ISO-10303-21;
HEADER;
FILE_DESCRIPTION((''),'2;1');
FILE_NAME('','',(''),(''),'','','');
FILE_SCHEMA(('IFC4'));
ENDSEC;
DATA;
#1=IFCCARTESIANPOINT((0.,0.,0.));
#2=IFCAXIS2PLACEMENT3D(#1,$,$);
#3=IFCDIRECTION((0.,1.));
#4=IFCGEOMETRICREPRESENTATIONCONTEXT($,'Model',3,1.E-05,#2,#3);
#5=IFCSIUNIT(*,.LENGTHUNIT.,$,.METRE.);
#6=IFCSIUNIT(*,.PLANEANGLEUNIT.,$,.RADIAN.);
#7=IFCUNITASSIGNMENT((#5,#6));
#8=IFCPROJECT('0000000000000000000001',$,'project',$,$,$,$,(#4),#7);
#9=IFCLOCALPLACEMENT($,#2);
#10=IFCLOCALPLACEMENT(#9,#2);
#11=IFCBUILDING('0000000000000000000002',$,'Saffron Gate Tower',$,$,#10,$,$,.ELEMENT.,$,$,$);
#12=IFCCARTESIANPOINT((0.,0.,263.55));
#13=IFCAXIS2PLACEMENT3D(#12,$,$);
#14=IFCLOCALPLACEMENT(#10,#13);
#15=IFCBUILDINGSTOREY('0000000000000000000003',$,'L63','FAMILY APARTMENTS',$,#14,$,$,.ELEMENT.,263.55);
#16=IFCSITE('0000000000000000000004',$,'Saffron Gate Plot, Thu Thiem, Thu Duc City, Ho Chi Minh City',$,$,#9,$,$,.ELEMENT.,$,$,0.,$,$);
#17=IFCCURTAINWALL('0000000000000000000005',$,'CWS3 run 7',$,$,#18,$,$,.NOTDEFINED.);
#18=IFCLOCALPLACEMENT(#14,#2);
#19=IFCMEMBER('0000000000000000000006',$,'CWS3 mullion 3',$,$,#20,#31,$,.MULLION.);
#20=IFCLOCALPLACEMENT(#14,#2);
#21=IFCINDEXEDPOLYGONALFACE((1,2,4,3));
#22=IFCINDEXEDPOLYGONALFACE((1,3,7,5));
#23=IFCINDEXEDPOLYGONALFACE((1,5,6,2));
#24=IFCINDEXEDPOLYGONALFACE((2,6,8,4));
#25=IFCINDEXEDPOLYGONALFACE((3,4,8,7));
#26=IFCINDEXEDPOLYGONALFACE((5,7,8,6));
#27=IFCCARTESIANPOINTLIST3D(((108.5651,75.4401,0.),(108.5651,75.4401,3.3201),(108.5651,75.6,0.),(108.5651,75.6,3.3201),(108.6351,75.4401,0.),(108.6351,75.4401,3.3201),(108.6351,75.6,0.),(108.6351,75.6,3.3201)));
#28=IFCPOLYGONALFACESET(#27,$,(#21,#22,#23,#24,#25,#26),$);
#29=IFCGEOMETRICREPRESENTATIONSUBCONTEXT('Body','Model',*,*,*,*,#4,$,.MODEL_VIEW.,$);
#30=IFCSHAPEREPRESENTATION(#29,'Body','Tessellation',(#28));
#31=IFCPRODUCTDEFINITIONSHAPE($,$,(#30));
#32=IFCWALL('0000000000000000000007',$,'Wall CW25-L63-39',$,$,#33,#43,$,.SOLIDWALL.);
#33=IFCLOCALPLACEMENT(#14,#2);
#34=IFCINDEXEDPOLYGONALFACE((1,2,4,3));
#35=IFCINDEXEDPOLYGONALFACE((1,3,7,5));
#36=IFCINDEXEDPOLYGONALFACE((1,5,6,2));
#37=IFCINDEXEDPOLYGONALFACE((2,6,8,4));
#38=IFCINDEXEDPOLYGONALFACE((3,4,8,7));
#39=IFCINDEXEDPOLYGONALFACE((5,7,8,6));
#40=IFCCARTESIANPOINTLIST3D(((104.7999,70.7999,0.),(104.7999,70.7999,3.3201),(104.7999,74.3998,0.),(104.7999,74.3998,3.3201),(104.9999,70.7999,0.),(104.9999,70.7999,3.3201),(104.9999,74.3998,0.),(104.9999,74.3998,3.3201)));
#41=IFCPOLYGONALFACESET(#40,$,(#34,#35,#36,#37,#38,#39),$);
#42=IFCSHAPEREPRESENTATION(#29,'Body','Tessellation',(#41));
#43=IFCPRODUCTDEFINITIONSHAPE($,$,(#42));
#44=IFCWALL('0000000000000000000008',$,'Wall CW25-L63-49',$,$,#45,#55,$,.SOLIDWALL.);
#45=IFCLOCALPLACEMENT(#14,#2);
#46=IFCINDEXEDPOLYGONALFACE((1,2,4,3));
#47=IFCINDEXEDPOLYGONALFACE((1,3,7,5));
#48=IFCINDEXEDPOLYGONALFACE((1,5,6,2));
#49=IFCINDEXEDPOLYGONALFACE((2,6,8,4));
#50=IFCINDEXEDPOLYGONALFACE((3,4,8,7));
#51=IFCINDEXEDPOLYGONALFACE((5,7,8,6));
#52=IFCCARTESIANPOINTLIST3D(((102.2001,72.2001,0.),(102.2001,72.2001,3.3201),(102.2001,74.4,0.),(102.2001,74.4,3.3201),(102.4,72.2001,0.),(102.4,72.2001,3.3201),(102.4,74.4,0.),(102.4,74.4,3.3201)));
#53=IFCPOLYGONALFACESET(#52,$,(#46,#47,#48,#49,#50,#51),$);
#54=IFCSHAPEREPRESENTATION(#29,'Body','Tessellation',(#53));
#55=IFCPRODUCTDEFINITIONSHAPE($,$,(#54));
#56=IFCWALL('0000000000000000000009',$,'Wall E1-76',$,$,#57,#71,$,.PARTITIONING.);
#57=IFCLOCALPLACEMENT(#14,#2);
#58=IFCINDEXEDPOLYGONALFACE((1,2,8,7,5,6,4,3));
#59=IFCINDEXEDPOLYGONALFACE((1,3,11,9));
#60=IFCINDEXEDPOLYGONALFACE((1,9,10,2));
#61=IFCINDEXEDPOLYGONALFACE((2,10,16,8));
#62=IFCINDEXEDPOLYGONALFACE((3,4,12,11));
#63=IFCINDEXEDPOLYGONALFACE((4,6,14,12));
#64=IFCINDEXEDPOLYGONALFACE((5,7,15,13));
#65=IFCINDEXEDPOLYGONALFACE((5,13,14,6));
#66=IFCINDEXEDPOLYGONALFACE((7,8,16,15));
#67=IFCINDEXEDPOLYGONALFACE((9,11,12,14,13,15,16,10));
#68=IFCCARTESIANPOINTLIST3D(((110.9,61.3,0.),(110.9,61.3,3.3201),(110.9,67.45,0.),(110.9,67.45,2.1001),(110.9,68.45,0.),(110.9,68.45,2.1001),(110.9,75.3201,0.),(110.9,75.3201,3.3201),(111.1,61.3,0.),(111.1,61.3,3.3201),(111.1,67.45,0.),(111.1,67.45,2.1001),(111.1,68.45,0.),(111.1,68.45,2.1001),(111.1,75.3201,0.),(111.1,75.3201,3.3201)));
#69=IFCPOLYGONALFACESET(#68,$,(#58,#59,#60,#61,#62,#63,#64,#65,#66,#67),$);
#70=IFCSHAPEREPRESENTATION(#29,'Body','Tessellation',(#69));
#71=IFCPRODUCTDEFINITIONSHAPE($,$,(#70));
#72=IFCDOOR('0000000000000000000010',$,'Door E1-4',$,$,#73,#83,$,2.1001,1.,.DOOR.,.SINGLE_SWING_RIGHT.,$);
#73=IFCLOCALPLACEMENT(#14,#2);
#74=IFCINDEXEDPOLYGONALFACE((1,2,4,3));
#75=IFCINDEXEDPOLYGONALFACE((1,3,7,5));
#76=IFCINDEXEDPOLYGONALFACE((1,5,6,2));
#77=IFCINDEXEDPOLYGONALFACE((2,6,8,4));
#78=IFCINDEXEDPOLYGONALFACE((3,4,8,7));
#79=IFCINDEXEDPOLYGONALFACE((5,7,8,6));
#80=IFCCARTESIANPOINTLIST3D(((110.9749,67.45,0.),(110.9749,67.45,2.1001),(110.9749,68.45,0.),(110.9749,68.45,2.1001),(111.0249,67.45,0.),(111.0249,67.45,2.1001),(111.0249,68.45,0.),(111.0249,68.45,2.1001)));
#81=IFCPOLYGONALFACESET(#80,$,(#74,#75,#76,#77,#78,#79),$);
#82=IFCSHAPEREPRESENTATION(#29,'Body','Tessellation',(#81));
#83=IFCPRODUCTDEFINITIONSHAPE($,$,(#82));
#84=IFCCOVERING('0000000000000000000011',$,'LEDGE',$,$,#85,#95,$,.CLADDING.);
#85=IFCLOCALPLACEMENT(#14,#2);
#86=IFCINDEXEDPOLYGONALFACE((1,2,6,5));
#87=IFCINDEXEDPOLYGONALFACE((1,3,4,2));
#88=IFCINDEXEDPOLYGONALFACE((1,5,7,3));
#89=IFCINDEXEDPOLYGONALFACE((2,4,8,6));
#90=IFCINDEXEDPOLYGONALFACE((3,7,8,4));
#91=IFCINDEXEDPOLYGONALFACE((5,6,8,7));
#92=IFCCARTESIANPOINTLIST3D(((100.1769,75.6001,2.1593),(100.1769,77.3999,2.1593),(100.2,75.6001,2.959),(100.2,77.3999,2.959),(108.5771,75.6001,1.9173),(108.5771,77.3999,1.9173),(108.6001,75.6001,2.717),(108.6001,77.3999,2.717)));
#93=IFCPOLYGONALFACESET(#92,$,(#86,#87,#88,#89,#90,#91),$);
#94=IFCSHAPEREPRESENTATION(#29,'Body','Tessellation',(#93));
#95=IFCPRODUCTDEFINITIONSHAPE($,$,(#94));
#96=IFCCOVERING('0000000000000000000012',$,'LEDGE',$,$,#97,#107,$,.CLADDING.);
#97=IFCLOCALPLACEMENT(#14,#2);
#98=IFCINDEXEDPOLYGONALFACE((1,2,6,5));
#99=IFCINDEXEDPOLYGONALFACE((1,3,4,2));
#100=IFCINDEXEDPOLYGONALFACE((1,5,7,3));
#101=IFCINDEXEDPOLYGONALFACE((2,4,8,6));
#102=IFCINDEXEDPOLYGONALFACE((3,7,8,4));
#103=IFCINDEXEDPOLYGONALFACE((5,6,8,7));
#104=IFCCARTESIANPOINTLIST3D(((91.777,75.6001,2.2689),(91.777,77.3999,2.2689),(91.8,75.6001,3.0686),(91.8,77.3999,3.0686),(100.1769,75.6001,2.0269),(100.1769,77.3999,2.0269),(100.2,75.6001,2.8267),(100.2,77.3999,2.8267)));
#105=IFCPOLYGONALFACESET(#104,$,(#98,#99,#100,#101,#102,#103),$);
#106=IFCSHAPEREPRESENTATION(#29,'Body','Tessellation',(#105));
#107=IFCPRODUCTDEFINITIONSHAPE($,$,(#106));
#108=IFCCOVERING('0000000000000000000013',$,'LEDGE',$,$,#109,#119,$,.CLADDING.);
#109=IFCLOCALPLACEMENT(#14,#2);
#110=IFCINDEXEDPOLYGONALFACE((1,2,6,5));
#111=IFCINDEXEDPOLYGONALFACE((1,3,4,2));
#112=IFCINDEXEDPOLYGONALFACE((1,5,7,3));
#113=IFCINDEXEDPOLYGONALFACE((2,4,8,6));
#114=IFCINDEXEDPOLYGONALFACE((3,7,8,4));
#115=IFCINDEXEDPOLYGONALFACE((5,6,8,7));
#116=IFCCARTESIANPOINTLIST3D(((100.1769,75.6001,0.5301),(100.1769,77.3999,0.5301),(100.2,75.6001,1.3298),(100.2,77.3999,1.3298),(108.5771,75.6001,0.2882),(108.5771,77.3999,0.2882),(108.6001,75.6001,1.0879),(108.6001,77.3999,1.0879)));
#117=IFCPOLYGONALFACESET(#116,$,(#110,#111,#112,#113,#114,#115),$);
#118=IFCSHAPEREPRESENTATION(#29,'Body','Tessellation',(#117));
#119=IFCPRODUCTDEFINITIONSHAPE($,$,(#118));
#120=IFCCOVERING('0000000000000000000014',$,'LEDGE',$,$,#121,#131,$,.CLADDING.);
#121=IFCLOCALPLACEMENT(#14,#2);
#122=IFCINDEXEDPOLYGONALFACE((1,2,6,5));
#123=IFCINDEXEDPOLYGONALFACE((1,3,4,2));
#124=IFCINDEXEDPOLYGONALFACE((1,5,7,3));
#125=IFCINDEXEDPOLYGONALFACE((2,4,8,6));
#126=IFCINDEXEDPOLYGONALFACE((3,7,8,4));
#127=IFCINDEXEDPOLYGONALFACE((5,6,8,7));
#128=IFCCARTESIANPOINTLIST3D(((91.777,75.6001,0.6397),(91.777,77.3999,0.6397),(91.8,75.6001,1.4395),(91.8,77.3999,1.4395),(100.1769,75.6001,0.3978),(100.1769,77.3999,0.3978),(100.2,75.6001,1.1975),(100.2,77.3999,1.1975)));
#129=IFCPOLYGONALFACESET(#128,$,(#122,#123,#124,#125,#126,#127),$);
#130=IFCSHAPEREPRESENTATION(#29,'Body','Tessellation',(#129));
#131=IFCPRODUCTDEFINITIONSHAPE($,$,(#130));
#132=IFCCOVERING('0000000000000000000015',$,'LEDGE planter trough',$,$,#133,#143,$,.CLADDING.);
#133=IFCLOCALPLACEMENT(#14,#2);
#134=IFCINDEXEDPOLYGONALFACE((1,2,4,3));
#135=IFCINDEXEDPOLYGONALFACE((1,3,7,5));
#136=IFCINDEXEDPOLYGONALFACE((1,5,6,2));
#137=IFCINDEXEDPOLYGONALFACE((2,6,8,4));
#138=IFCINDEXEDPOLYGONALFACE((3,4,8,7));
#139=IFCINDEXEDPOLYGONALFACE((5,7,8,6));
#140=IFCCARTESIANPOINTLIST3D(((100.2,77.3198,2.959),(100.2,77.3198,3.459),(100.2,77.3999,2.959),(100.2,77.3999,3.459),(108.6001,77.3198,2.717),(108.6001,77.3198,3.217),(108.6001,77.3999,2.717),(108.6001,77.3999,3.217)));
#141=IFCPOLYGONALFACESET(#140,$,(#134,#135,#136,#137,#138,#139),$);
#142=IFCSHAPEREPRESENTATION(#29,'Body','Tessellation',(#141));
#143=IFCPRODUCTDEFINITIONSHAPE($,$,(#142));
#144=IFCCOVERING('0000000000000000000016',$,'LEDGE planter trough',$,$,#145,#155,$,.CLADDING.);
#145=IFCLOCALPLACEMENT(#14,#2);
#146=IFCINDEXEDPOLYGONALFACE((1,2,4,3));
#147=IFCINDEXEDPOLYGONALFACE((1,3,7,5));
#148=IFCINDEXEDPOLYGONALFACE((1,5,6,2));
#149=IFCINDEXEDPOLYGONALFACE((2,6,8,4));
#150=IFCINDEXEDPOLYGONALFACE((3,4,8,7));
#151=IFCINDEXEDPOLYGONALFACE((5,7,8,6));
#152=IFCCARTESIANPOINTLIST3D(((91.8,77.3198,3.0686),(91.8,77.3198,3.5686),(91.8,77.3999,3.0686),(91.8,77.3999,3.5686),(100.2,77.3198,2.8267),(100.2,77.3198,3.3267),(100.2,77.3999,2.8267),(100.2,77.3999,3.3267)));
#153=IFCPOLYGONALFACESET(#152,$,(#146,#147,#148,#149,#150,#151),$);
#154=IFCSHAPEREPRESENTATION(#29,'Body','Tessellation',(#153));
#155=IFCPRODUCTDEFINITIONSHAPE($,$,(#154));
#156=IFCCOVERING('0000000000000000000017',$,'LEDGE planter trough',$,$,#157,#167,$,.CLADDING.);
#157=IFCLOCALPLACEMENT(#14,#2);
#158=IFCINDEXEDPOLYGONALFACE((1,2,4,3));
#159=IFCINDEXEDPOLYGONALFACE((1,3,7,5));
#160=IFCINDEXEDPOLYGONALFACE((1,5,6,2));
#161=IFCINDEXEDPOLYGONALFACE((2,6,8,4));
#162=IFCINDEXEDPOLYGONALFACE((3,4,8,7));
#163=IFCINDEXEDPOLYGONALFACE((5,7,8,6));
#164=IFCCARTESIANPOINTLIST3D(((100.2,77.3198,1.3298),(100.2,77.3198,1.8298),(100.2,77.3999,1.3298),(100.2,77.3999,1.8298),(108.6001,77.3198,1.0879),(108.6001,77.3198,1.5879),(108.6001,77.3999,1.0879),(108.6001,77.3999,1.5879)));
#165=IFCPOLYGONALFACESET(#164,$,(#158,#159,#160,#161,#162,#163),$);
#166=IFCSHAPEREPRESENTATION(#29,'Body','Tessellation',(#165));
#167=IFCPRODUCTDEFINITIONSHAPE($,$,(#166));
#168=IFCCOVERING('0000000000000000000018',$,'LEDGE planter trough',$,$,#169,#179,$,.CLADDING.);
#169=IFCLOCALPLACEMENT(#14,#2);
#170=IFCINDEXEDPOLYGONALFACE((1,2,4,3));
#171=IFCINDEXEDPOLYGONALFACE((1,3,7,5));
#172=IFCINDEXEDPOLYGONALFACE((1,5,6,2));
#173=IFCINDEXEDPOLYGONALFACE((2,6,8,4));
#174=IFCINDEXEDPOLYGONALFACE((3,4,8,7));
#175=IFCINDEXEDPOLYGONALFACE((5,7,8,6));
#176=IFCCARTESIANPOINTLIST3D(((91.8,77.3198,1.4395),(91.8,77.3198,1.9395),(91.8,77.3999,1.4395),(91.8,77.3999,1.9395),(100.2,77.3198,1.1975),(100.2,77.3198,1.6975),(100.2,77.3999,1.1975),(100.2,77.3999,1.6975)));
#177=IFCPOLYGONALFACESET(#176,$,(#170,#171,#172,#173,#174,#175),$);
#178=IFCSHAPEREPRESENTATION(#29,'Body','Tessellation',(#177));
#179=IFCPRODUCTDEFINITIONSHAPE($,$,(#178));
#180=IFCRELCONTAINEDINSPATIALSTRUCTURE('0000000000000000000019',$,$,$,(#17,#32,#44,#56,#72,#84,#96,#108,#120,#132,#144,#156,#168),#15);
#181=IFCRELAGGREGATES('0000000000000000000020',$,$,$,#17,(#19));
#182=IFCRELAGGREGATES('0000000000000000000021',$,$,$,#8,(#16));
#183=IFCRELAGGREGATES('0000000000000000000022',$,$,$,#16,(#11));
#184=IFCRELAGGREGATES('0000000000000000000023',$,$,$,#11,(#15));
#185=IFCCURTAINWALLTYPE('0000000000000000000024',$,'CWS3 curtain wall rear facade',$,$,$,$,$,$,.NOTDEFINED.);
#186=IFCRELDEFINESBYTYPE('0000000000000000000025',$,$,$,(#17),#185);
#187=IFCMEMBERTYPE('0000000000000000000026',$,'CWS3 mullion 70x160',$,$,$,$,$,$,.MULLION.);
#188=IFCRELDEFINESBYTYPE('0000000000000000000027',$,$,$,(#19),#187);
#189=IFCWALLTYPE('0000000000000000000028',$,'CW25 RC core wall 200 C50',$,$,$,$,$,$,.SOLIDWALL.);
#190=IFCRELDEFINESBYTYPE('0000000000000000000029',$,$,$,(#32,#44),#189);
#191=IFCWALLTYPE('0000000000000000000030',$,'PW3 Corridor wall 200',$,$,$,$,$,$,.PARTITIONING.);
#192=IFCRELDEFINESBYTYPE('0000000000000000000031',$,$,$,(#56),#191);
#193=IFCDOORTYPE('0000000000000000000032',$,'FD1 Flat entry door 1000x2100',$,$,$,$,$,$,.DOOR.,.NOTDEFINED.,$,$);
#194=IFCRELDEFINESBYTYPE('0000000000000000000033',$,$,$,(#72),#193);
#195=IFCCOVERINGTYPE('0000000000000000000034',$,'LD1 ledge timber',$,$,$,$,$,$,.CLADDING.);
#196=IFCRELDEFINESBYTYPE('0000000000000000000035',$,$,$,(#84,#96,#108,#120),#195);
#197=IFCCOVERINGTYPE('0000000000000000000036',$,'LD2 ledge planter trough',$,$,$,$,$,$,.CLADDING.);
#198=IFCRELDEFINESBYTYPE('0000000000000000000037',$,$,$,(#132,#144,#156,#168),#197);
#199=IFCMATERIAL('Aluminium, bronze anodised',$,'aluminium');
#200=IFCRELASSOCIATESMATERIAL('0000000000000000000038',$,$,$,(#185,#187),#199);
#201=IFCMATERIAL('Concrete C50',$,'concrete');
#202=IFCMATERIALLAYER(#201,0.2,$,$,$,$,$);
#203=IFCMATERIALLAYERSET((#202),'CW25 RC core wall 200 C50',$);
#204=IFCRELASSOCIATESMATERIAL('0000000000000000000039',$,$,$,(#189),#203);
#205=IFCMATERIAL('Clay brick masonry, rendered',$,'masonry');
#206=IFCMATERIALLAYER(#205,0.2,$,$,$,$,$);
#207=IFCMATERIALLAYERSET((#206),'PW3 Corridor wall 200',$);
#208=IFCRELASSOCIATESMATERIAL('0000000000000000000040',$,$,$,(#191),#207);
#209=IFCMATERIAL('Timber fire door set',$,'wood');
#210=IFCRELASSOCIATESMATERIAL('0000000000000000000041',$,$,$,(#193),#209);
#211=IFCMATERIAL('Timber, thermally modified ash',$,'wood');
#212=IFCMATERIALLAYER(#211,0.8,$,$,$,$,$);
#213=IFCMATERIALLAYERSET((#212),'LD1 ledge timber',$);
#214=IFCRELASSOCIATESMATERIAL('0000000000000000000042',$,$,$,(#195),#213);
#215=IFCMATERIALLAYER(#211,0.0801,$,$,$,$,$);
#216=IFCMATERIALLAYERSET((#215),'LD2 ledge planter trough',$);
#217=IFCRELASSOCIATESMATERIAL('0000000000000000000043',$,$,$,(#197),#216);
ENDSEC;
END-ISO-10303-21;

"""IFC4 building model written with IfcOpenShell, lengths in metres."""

from ifc_helpers import new_model, si_unit, direction, frame, frame_2d, origin, origin_2d, place, context, subcontext, project, spatial, polyline, rectangle, outline, extrude, material, layer, layer_set, material_profile, profile_set, type_object, element, fill, aggregate, save


model = new_model("IFC4")

# Units and contexts
model_context = context("Model", 3, precision=1e-05, world=origin(), true_north=direction((0.0, 1.0)))
body_context = subcontext(model_context, "Body", "Model", "MODEL_VIEW")
ifc_project = project(units=[si_unit("LENGTHUNIT", "METRE"), si_unit("PLANEANGLEUNIT", "RADIAN")], contexts=[model_context])

# Site, building, storey
site_placement = place(None, origin())
site = spatial("IfcSite", under=ifc_project, at=site_placement, Name="Saffron Gate Plot, Thu Thiem, Thu Duc City, Ho Chi Minh City", CompositionType="ELEMENT", RefElevation=0.0)
building_placement = place(site_placement, origin())
building = spatial("IfcBuilding", under=site, at=building_placement, Name="Saffron Gate Tower", CompositionType="ELEMENT")
storey_placement = place(building_placement, frame((0.0, 0.0, 263.55)))
storey = spatial("IfcBuildingStorey", under=building, at=storey_placement, Name="L63", Description="FAMILY APARTMENTS", CompositionType="ELEMENT", Elevation=263.55)

# Curtain wall, member
ifc_material_1 = material(Name="Aluminium, bronze anodised", Category="aluminium")
curtain_wall_type = type_object("IfcCurtainWallType", Name="CWS3 curtain wall rear facade", PredefinedType="NOTDEFINED", material=ifc_material_1)
curtain_wall_placement = place(storey_placement, origin())
curtain_wall = element("IfcCurtainWall", 1, at=curtain_wall_placement, inside=storey, type_object=curtain_wall_type, Name="CWS3 run 7", PredefinedType="NOTDEFINED")
ifc_material_profile = material_profile(ifc_material_1, rectangle(XDim=0.1599, YDim=0.0701, at=origin_2d()))
ifc_profile_set = profile_set([ifc_material_profile], Name="Aluminium, bronze anodised")
member_type = type_object("IfcMemberType", Name="CWS3 mullion 70x160", PredefinedType="MULLION", material=ifc_profile_set)
member_placement = place(storey_placement, frame((108.6001, 75.52, 0.0), z_axis=(0.0, 0.0, 1.0), x_axis=(0.0, -1.0, 0.0)))
member = element("IfcMember", 2, at=member_placement, type_object=member_type, Name="CWS3 mullion 3", PredefinedType="MULLION", context=body_context, shape_type="SweptSolid", body=[
    extrude(rectangle(XDim=0.1599, YDim=0.0701, at=origin_2d()), origin(), (0.0, 0.0, 1.0), 3.3201),
])
aggregate(curtain_wall, [member])

# Walls
ifc_material_2 = material(Name="Concrete C50", Category="concrete")
ifc_layer_1 = layer(ifc_material_2, 0.2)
ifc_layer_set_1 = layer_set([ifc_layer_1], Name="CW25 RC core wall 200 C50")
wall_type_1 = type_object("IfcWallType", Name="CW25 RC core wall 200 C50", PredefinedType="SOLIDWALL", material=ifc_layer_set_1)
wall_1_placement = place(storey_placement, frame((104.8999, 70.8, 0.0), z_axis=(0.0, 0.0, 1.0), x_axis=(0.0, 1.0, 0.0)))
element("IfcWall", 3, at=wall_1_placement, inside=storey, type_object=wall_type_1, Name="Wall CW25-L63-39", PredefinedType="SOLIDWALL", context=body_context, shape_type="SweptSolid", body=[
    extrude(rectangle(XDim=3.5999, YDim=0.2, at=frame_2d((1.7998, 0.0))), origin(), (0.0, 0.0, 1.0), 3.3201),
])
wall_2_placement = place(storey_placement, frame((102.3, 72.2, 0.0), z_axis=(0.0, 0.0, 1.0), x_axis=(0.0, 1.0, 0.0)))
element("IfcWall", 4, at=wall_2_placement, inside=storey, type_object=wall_type_1, Name="Wall CW25-L63-49", PredefinedType="SOLIDWALL", context=body_context, shape_type="SweptSolid", body=[
    extrude(rectangle(XDim=2.2, YDim=0.2, at=frame_2d((1.1001, 0.0))), origin(), (0.0, 0.0, 1.0), 3.3201),
])

# Wall, opening, door
ifc_material_3 = material(Name="Clay brick masonry, rendered", Category="masonry")
ifc_layer_2 = layer(ifc_material_3, 0.2)
ifc_layer_set_2 = layer_set([ifc_layer_2], Name="PW3 Corridor wall 200")
wall_type_2 = type_object("IfcWallType", Name="PW3 Corridor wall 200", PredefinedType="PARTITIONING", material=ifc_layer_set_2)
wall_3_placement = place(storey_placement, frame((111.0, 75.3201, 0.0), z_axis=(0.0, 0.0, 1.0), x_axis=(0.0, -1.0, 0.0)))
wall_3 = element("IfcWall", 5, at=wall_3_placement, inside=storey, type_object=wall_type_2, Name="Wall E1-76", PredefinedType="PARTITIONING", context=body_context, shape_type="SweptSolid", body=[
    extrude(rectangle(XDim=14.02, YDim=0.2, at=frame_2d((7.01, 0.0))), origin(), (0.0, 0.0, 1.0), 3.3201),
])
opening_placement = place(wall_3_placement, frame((6.8701, 0.0, 0.0)))
opening = element("IfcOpeningElement", 6, at=opening_placement, cuts=wall_3, PredefinedType="OPENING", context=body_context, shape_type="SweptSolid", body=[
    extrude(rectangle(XDim=1.0, YDim=2.1001, at=frame_2d((0.5, 1.05))), frame((0.0, 0.1099, 0.0), z_axis=(0.0, -1.0, 0.0), x_axis=(1.0, 0.0, 0.0)), (0.0, 0.0, 1.0), 0.22),
])
ifc_material_4 = material(Name="Timber fire door set", Category="wood")
door_type = type_object("IfcDoorType", Name="FD1 Flat entry door 1000x2100", OperationType="NOTDEFINED", PredefinedType="DOOR", material=ifc_material_4)
door_placement = place(opening_placement, origin())
door = element("IfcDoor", 7, at=door_placement, inside=storey, type_object=door_type, Name="Door E1-4", OperationType="SINGLE_SWING_RIGHT", OverallHeight=2.1001, OverallWidth=1.0, PredefinedType="DOOR", context=body_context, shape_type="SweptSolid", body=[
    extrude(rectangle(XDim=1.0, YDim=2.1001, at=frame_2d((0.5, 1.05))), frame((0.0, 0.0249, 0.0), z_axis=(0.0, -1.0, 0.0), x_axis=(1.0, 0.0, 0.0)), (0.0, 0.0, 1.0), 0.05),
])
fill(opening, door)

# Coverings
ifc_material_5 = material(Name="Timber, thermally modified ash", Category="wood")
ifc_layer_3 = layer(ifc_material_5, 0.8)
ifc_layer_set_3 = layer_set([ifc_layer_3], Name="LD1 ledge timber")
covering_type_1 = type_object("IfcCoveringType", Name="LD1 ledge timber", PredefinedType="CLADDING", material=ifc_layer_set_3)
covering_1_placement = place(storey_placement, frame((108.6001, 75.6001, 2.717), z_axis=(0.02879, 0.0, 0.999585), x_axis=(-0.999585, 0.0, 0.02879)))
element("IfcCovering", 8, at=covering_1_placement, inside=storey, type_object=covering_type_1, Name="LEDGE", PredefinedType="CLADDING", context=body_context, shape_type="SweptSolid", body=[
    extrude(outline(polyline([(0.0, 0.0), (8.4036, 0.0), (8.4036, -1.7998), (0.0, -1.7998), (0.0, 0.0)])), origin(), (0.0, 0.0, -1.0), 0.8),
])
covering_2_placement = place(storey_placement, frame((100.2, 75.6001, 2.8267), z_axis=(0.028791, 0.0, 0.999585), x_axis=(-0.999585, 0.0, 0.028791)))
element("IfcCovering", 9, at=covering_2_placement, inside=storey, type_object=covering_type_1, Name="LEDGE", PredefinedType="CLADDING", context=body_context, shape_type="SweptSolid", body=[
    extrude(outline(polyline([(0.0, 0.0), (8.4034, 0.0), (8.4034, -1.7998), (0.0, -1.7998), (0.0, 0.0)])), origin(), (0.0, 0.0, -1.0), 0.8),
])
covering_3_placement = place(storey_placement, frame((108.6001, 75.6001, 1.0879), z_axis=(0.02879, 0.0, 0.999585), x_axis=(-0.999585, 0.0, 0.02879)))
element("IfcCovering", 10, at=covering_3_placement, inside=storey, type_object=covering_type_1, Name="LEDGE", PredefinedType="CLADDING", context=body_context, shape_type="SweptSolid", body=[
    extrude(outline(polyline([(0.0, 0.0), (8.4036, 0.0), (8.4036, -1.7998), (0.0, -1.7998), (0.0, 0.0)])), origin(), (0.0, 0.0, -1.0), 0.8),
])
covering_4_placement = place(storey_placement, frame((100.2, 75.6001, 1.1975), z_axis=(0.028791, 0.0, 0.999585), x_axis=(-0.999585, 0.0, 0.028791)))
element("IfcCovering", 11, at=covering_4_placement, inside=storey, type_object=covering_type_1, Name="LEDGE", PredefinedType="CLADDING", context=body_context, shape_type="SweptSolid", body=[
    extrude(outline(polyline([(0.0, 0.0), (8.4034, 0.0), (8.4034, -1.7998), (0.0, -1.7998), (0.0, 0.0)])), origin(), (0.0, 0.0, -1.0), 0.8),
])
ifc_layer_4 = layer(ifc_material_5, 0.0801)
ifc_layer_set_4 = layer_set([ifc_layer_4], Name="LD2 ledge planter trough")
covering_type_2 = type_object("IfcCoveringType", Name="LD2 ledge planter trough", PredefinedType="CLADDING", material=ifc_layer_set_4)
covering_5_placement = place(storey_placement, frame((108.6001, 77.3999, 2.717), z_axis=(0.0, 1.0, 0.0), x_axis=(-0.999585, 0.0, 0.02879)))
element("IfcCovering", 12, at=covering_5_placement, inside=storey, type_object=covering_type_2, Name="LEDGE planter trough", PredefinedType="CLADDING", context=body_context, shape_type="SweptSolid", body=[
    extrude(outline(polyline([(0.0, 0.0), (8.4036, 0.0), (8.418, 0.4998), (0.0144, 0.4998), (0.0, 0.0)])), origin(), (0.0, 0.0, -1.0), 0.0801),
])
covering_6_placement = place(storey_placement, frame((100.2, 77.3999, 2.8267), z_axis=(0.0, 1.0, 0.0), x_axis=(-0.999585, 0.0, 0.028791)))
element("IfcCovering", 13, at=covering_6_placement, inside=storey, type_object=covering_type_2, Name="LEDGE planter trough", PredefinedType="CLADDING", context=body_context, shape_type="SweptSolid", body=[
    extrude(outline(polyline([(0.0, 0.0), (8.4034, 0.0), (8.4178, 0.4998), (0.0144, 0.4998), (0.0, 0.0)])), origin(), (0.0, 0.0, -1.0), 0.0801),
])
covering_7_placement = place(storey_placement, frame((108.6001, 77.3999, 1.0879), z_axis=(0.0, 1.0, 0.0), x_axis=(-0.999585, 0.0, 0.02879)))
element("IfcCovering", 14, at=covering_7_placement, inside=storey, type_object=covering_type_2, Name="LEDGE planter trough", PredefinedType="CLADDING", context=body_context, shape_type="SweptSolid", body=[
    extrude(outline(polyline([(0.0, 0.0), (8.4036, 0.0), (8.418, 0.4998), (0.0144, 0.4998), (0.0, 0.0)])), origin(), (0.0, 0.0, -1.0), 0.0801),
])
covering_8_placement = place(storey_placement, frame((100.2, 77.3999, 1.1975), z_axis=(0.0, 1.0, 0.0), x_axis=(-0.999585, 0.0, 0.028791)))
element("IfcCovering", 15, at=covering_8_placement, inside=storey, type_object=covering_type_2, Name="LEDGE planter trough", PredefinedType="CLADDING", context=body_context, shape_type="SweptSolid", body=[
    extrude(outline(polyline([(0.0, 0.0), (8.4034, 0.0), (8.4178, 0.4998), (0.0144, 0.4998), (0.0, 0.0)])), origin(), (0.0, 0.0, -1.0), 0.0801),
])

save(model, "model.ifc")
